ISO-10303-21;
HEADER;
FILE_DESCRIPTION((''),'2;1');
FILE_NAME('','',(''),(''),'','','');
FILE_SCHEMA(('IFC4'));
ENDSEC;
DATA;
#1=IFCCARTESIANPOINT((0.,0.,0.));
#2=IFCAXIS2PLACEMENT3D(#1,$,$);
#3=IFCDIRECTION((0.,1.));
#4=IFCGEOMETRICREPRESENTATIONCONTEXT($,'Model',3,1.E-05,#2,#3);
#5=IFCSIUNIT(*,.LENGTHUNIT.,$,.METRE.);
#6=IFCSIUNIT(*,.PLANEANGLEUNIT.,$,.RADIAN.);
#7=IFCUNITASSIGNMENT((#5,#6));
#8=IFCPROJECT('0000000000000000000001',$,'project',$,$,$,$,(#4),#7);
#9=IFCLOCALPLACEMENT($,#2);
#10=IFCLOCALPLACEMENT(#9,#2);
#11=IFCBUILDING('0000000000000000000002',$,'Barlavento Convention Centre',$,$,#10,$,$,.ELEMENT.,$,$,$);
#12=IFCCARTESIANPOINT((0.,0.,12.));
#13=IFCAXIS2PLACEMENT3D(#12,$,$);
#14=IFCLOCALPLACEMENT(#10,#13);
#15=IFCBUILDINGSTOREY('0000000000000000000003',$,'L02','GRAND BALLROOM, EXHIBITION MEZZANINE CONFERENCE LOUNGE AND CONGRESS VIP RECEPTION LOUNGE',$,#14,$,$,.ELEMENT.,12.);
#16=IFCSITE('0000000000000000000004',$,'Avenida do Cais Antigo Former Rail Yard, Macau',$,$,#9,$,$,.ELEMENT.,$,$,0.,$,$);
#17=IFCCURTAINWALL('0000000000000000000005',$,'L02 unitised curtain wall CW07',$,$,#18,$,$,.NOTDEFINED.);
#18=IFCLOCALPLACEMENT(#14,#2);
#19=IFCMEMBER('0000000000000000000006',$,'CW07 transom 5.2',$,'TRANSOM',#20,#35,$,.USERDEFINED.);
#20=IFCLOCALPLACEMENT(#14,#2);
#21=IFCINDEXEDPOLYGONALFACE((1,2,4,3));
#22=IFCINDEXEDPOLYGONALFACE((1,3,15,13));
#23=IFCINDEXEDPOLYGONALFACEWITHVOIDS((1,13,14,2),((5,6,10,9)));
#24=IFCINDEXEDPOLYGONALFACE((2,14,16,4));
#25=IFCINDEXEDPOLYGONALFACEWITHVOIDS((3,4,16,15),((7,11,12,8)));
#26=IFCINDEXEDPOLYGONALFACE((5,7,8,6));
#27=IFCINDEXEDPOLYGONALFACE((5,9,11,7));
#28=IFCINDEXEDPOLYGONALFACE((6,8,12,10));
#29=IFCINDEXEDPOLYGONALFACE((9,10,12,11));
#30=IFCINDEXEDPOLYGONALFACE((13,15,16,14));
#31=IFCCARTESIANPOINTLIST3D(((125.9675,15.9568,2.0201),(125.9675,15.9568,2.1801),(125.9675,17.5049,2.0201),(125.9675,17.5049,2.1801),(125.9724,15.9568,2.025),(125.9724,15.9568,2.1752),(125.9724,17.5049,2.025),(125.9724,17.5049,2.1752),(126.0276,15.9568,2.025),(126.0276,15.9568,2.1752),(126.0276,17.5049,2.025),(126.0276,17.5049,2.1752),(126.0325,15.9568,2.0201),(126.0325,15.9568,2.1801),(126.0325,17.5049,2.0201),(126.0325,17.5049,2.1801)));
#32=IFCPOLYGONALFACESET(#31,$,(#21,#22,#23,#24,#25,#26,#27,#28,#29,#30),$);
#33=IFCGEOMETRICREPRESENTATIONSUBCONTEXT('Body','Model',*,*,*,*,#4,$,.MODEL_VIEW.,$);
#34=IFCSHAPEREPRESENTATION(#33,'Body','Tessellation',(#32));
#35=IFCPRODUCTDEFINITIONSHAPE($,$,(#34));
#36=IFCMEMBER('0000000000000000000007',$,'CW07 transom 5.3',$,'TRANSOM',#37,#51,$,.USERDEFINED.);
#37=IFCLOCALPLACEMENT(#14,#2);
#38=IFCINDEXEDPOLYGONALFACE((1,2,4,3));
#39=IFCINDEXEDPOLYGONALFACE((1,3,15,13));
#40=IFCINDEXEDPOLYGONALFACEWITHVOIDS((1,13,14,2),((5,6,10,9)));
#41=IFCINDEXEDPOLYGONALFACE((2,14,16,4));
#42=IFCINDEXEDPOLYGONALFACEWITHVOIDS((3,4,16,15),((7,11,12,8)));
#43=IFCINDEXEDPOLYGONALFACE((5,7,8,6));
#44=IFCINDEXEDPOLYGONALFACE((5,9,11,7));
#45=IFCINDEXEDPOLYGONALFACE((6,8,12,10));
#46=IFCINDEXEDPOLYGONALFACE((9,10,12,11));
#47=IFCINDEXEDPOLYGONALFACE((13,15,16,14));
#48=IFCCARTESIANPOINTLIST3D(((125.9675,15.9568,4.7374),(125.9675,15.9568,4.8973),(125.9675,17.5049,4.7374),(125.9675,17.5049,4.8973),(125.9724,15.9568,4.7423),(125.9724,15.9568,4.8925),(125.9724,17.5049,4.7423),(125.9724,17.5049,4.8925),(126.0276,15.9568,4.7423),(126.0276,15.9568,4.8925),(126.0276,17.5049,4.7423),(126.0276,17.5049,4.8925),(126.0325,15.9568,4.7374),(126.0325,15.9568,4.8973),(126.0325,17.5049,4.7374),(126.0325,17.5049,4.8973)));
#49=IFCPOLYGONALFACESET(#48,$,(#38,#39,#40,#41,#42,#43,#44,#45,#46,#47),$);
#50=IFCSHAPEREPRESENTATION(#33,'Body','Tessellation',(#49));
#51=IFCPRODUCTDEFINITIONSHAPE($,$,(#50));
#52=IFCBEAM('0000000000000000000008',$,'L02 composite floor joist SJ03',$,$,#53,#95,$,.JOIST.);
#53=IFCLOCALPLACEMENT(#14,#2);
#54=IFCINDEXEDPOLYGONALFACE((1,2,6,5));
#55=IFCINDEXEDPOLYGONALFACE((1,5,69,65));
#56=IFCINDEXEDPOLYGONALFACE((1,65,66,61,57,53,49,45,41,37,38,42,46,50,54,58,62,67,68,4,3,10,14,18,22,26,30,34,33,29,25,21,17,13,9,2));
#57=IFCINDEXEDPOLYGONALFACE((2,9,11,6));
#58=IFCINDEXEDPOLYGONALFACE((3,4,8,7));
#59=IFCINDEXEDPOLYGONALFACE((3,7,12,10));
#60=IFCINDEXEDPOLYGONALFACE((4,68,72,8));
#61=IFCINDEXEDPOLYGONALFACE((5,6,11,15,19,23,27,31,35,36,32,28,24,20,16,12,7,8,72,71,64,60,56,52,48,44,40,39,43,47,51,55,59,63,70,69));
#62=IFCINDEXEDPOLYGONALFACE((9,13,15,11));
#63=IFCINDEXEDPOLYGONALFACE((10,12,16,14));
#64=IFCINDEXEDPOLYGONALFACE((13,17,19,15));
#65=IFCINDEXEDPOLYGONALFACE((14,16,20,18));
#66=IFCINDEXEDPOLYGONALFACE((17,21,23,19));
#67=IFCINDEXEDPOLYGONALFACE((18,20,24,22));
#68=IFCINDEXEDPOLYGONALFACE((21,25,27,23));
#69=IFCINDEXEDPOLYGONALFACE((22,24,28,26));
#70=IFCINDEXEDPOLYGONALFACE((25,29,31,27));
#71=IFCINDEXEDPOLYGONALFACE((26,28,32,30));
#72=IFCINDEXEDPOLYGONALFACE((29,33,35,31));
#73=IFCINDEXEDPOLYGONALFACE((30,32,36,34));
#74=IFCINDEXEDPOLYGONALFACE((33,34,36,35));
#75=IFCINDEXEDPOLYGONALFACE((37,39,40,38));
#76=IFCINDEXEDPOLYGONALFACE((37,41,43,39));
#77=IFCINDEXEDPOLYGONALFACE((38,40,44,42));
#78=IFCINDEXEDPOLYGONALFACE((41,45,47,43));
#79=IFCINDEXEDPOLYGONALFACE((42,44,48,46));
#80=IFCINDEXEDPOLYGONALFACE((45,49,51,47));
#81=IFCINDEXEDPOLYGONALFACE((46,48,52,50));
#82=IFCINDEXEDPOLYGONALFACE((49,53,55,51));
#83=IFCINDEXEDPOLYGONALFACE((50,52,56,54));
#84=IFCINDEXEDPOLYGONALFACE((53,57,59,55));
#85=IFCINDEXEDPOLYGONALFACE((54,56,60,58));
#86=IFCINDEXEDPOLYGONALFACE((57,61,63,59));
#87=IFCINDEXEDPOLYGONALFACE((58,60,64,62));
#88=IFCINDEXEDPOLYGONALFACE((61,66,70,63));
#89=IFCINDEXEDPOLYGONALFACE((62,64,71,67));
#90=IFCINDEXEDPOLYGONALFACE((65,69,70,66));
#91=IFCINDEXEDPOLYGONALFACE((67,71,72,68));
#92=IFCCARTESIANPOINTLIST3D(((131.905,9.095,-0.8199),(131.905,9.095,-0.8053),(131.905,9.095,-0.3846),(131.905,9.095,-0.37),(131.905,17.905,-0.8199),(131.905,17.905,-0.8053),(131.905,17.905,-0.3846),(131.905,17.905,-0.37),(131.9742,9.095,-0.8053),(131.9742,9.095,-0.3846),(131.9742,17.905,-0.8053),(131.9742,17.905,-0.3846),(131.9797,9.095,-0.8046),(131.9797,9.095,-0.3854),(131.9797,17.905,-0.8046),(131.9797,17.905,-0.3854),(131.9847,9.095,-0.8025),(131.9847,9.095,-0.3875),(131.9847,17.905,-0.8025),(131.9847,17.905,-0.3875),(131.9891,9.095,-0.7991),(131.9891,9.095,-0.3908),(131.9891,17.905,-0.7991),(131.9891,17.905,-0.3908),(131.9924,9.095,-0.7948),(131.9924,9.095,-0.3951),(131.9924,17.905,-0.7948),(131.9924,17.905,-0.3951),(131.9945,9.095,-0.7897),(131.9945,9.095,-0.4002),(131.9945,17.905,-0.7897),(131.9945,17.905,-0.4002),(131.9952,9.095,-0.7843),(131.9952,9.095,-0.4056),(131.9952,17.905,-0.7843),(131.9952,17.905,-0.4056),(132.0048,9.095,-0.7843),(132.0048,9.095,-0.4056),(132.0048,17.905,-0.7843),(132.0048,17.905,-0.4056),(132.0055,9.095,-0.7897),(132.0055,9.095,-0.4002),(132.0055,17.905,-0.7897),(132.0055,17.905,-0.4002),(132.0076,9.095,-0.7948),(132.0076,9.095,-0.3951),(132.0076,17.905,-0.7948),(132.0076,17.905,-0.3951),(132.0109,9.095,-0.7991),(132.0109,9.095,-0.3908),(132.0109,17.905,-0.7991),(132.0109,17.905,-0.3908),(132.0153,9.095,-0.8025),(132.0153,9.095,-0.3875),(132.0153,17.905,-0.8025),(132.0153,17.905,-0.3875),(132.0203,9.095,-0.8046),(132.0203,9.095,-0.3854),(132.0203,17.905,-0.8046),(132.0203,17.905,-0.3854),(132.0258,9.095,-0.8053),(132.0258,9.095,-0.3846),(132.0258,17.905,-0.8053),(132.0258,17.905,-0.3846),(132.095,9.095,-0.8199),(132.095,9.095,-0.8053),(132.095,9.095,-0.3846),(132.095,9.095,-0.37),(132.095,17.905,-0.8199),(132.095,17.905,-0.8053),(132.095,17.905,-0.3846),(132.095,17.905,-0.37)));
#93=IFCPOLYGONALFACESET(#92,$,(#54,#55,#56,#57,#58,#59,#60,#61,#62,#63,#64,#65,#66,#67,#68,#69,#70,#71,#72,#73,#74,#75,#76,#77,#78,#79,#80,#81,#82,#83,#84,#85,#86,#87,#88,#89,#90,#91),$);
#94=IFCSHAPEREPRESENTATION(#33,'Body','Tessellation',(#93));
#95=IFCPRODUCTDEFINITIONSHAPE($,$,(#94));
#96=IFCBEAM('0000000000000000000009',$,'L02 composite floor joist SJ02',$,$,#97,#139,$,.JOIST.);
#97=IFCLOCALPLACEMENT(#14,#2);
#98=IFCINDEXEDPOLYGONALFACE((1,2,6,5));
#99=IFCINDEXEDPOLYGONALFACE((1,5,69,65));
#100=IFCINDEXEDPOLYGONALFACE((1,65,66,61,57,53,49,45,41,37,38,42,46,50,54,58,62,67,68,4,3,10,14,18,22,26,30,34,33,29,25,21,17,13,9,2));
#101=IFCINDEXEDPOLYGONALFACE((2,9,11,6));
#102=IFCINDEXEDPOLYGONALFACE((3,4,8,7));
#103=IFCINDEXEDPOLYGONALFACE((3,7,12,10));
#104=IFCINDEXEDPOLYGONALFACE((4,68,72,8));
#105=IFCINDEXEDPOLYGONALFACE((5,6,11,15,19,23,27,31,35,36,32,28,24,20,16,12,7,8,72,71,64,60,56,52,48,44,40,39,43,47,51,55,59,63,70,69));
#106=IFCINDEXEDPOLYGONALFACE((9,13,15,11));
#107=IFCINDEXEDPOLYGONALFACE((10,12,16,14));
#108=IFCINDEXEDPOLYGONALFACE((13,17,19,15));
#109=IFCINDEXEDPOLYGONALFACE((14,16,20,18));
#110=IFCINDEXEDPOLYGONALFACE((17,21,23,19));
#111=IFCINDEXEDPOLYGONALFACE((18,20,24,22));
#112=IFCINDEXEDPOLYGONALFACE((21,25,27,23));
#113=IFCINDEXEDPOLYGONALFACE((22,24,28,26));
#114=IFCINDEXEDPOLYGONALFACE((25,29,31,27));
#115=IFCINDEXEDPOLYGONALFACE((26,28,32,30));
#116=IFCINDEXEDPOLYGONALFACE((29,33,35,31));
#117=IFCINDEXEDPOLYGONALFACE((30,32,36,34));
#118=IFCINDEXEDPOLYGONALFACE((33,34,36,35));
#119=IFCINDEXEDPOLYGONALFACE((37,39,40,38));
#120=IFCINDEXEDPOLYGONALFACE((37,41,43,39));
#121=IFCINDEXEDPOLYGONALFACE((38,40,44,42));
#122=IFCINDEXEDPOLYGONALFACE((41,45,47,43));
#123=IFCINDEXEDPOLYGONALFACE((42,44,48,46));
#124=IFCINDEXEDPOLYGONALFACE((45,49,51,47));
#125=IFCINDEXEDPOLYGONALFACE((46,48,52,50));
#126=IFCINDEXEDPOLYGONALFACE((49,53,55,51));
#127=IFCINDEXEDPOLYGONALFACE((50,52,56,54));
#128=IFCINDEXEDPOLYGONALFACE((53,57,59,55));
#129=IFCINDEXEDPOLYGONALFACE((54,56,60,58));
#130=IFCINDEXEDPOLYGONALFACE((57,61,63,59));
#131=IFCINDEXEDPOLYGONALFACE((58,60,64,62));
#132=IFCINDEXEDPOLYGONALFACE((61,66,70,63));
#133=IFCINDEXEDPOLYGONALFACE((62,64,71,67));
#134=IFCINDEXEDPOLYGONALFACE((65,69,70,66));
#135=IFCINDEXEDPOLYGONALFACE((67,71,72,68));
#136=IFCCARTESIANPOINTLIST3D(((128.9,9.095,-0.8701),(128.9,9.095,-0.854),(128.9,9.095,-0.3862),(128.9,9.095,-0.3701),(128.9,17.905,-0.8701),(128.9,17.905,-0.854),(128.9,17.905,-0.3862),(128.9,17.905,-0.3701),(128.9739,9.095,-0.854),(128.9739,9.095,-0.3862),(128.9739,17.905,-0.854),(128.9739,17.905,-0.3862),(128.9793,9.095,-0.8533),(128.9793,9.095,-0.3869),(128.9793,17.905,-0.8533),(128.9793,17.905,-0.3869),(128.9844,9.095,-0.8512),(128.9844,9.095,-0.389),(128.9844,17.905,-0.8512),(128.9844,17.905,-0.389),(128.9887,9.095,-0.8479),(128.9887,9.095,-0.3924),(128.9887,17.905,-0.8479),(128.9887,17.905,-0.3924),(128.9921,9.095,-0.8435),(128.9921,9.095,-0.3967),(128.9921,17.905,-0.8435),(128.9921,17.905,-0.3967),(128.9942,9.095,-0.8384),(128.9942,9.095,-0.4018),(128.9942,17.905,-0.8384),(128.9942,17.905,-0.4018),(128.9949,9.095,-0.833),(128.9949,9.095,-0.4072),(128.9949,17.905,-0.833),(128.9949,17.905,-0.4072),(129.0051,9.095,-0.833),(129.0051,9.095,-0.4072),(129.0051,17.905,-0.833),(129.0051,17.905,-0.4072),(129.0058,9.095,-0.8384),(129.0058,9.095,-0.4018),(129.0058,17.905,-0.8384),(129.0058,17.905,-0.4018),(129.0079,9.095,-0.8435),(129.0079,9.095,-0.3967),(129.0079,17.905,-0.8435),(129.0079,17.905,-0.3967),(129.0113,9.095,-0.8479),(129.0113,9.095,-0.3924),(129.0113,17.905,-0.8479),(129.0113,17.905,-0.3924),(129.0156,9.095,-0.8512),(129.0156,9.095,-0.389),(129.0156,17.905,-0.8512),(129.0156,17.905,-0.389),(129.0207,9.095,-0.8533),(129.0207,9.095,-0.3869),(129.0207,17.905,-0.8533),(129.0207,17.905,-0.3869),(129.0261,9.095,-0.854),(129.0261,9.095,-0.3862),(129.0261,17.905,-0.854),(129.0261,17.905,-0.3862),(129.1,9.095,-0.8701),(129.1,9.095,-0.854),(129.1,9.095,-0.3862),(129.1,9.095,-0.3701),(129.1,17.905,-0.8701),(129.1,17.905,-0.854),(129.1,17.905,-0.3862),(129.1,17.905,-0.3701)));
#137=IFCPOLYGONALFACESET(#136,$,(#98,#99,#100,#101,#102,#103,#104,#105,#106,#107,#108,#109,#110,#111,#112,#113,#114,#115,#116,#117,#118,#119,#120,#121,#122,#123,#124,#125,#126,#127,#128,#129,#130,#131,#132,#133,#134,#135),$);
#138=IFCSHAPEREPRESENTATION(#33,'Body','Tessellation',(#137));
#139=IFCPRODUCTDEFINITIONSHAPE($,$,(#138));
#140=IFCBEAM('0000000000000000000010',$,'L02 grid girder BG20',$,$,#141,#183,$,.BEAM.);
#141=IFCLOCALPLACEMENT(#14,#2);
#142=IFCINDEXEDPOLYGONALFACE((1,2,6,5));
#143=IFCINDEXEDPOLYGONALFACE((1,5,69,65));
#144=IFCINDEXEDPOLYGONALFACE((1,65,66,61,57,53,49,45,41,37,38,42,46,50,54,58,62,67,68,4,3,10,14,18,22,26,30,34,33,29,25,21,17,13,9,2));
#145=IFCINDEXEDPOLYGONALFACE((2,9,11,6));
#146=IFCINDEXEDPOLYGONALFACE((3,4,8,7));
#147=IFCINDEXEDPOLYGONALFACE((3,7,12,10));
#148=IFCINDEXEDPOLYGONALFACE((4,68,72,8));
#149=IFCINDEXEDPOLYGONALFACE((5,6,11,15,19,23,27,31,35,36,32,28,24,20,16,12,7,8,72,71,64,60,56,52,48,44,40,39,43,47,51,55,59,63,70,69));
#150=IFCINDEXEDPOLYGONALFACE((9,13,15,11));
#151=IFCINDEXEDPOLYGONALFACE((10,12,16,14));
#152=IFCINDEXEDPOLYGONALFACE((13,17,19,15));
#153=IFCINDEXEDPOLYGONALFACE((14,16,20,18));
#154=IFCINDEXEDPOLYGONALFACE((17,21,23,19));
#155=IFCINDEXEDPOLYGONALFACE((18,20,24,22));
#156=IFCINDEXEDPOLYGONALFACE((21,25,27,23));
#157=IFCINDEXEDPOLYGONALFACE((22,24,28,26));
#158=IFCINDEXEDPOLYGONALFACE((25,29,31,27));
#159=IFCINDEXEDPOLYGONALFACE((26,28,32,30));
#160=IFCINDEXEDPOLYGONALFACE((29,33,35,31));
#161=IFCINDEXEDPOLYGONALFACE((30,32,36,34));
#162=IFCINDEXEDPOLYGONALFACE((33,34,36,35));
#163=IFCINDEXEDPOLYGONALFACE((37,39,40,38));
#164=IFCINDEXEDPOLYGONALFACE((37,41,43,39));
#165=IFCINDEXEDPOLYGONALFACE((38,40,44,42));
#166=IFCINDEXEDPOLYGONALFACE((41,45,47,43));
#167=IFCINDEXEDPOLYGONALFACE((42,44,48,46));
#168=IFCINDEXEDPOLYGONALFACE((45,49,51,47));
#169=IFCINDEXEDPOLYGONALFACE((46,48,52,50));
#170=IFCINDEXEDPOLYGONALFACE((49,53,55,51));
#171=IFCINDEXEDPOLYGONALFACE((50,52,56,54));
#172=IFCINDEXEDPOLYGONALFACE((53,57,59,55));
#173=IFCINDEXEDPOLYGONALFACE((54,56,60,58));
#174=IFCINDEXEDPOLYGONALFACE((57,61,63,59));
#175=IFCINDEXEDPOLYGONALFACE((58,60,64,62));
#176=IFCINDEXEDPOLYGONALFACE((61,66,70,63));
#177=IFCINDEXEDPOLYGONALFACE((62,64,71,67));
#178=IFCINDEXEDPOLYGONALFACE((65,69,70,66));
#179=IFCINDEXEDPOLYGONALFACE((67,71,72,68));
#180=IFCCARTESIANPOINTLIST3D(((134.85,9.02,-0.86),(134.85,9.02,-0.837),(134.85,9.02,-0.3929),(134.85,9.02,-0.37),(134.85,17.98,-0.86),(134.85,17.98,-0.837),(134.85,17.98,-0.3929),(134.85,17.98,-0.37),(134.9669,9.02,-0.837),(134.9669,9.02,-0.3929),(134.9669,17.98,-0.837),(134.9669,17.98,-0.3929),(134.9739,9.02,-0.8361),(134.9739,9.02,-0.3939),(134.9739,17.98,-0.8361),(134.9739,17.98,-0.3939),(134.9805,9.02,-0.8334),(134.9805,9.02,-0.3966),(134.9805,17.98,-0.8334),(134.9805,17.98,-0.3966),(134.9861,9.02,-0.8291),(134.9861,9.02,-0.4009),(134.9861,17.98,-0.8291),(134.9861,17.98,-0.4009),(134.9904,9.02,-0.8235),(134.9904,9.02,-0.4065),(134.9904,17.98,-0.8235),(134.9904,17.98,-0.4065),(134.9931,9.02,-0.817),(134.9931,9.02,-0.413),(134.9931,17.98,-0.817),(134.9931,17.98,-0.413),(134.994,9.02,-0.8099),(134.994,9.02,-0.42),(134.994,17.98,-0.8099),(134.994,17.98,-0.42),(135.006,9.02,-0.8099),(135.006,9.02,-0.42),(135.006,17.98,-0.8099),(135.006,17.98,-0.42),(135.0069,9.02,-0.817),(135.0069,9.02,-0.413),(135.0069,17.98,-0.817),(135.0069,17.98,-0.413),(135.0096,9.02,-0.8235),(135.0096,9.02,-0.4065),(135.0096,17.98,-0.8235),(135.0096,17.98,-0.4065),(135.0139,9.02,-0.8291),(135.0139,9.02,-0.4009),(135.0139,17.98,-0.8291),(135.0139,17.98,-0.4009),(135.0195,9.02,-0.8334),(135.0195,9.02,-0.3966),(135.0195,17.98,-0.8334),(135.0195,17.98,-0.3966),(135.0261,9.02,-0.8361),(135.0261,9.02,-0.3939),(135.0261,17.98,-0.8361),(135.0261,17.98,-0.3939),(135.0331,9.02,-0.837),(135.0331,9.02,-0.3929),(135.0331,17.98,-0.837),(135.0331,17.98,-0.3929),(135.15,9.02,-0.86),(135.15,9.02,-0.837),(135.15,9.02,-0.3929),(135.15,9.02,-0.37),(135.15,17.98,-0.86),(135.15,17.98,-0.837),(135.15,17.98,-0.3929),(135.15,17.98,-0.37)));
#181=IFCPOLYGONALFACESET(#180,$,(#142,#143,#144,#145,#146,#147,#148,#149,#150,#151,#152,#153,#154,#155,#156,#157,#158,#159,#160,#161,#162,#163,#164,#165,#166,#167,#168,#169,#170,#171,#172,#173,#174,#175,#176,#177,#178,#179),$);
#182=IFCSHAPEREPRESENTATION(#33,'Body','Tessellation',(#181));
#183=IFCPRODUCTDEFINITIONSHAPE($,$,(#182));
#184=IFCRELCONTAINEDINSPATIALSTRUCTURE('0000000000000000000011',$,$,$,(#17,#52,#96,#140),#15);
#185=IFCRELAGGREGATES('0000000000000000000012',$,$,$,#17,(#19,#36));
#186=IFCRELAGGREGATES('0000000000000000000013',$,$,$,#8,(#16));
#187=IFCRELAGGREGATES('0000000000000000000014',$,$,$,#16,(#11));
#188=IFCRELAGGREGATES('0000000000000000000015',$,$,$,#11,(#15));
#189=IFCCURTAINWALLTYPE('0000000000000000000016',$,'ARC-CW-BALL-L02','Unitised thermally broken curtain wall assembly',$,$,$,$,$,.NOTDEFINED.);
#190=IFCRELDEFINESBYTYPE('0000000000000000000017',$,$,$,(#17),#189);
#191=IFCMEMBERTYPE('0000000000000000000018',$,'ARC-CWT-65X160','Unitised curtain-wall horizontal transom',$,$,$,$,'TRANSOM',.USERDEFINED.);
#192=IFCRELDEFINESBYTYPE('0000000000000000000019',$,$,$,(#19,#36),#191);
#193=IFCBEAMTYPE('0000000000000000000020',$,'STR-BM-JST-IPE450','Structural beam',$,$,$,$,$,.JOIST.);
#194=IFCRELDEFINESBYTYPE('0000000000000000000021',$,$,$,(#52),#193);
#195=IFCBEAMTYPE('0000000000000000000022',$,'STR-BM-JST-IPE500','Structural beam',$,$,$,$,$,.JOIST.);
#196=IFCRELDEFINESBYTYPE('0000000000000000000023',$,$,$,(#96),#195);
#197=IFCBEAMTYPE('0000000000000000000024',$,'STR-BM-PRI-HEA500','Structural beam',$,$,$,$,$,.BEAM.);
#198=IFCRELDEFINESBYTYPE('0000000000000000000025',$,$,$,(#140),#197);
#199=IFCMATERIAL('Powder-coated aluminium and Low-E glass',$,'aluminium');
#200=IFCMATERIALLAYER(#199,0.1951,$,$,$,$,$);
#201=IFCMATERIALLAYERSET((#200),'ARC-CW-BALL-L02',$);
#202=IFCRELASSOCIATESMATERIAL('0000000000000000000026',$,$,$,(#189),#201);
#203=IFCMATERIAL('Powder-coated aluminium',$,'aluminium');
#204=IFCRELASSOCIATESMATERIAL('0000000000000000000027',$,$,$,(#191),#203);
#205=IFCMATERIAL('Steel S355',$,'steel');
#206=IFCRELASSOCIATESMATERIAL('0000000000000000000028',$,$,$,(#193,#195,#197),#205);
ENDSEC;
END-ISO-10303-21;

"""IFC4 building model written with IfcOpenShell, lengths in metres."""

from ifc_helpers import new_model, si_unit, direction, frame, origin, origin_2d, place, context, subcontext, project, spatial, hollow_rectangle, i_section, extrude, material, layer, layer_set, material_profile, profile_set, type_object, element, aggregate, save


model = new_model("IFC4")

# Units and contexts
model_context = context("Model", 3, precision=1e-05, world=origin(), true_north=direction((0.0, 1.0)))
body_context = subcontext(model_context, "Body", "Model", "MODEL_VIEW")
ifc_project = project(units=[si_unit("LENGTHUNIT", "METRE"), si_unit("PLANEANGLEUNIT", "RADIAN")], contexts=[model_context])

# Site, building, storey
site_placement = place(None, origin())
site = spatial("IfcSite", under=ifc_project, at=site_placement, Name="Avenida do Cais Antigo Former Rail Yard, Macau", CompositionType="ELEMENT", RefElevation=0.0)
building_placement = place(site_placement, origin())
building = spatial("IfcBuilding", under=site, at=building_placement, Name="Barlavento Convention Centre", CompositionType="ELEMENT")
storey_placement = place(building_placement, frame((0.0, 0.0, 12.0)))
storey = spatial("IfcBuildingStorey", under=building, at=storey_placement, Name="L02", Description="GRAND BALLROOM, EXHIBITION MEZZANINE CONFERENCE LOUNGE AND CONGRESS VIP RECEPTION LOUNGE", CompositionType="ELEMENT", Elevation=12.0)

# Shared definitions
ifc_material_1 = material(Name="Powder-coated aluminium and Low-E glass", Category="aluminium")
ifc_layer_1 = layer(ifc_material_1, 0.1951)
ifc_layer_set_1 = layer_set([ifc_layer_1], Name="ARC-CW-BALL-L02")
curtain_wall_type = type_object("IfcCurtainWallType", Name="ARC-CW-BALL-L02", Description="Unitised thermally broken curtain wall assembly", PredefinedType="NOTDEFINED", material=ifc_layer_set_1)
ifc_material_2 = material(Name="Powder-coated aluminium", Category="aluminium")

# Curtain wall
curtain_wall_1_placement = place(storey_placement, origin())
curtain_wall_1 = element("IfcCurtainWall", 1, at=curtain_wall_1_placement, inside=storey, type_object=curtain_wall_type, Name="L02 unitised curtain wall CW07", PredefinedType="NOTDEFINED")

# Members
ifc_material_profile_1 = material_profile(ifc_material_2, hollow_rectangle(XDim=0.0649, YDim=0.1599, WallThickness=0.0049, at=origin_2d()), Name="AL-TRAN 65x160x5")
ifc_profile_set_1 = profile_set([ifc_material_profile_1], Name="Powder-coated aluminium")
member_type_1 = type_object("IfcMemberType", Name="ARC-CWT-65X160", Description="Unitised curtain-wall horizontal transom", ElementType="TRANSOM", PredefinedType="USERDEFINED", material=ifc_profile_set_1)
member_1_placement = place(storey_placement, frame((126.0, 15.9568, 2.1001), z_axis=(0.0, 1.0, 0.0), x_axis=(-1.0, 0.0, 0.0)))
member_1 = element("IfcMember", 2, at=member_1_placement, type_object=member_type_1, Name="CW07 transom 5.2", ObjectType="TRANSOM", PredefinedType="USERDEFINED", context=body_context, shape_type="SweptSolid", body=[
    extrude(hollow_rectangle(XDim=0.0649, YDim=0.1599, WallThickness=0.0049, at=origin_2d()), origin(), (0.0, 0.0, 1.0), 1.5481),
])
member_2_placement = place(storey_placement, frame((126.0, 15.9568, 4.8174), z_axis=(0.0, 1.0, 0.0), x_axis=(-1.0, 0.0, 0.0)))
member_2 = element("IfcMember", 3, at=member_2_placement, type_object=member_type_1, Name="CW07 transom 5.3", ObjectType="TRANSOM", PredefinedType="USERDEFINED", context=body_context, shape_type="SweptSolid", body=[
    extrude(hollow_rectangle(XDim=0.0649, YDim=0.1599, WallThickness=0.0049, at=origin_2d()), origin(), (0.0, 0.0, 1.0), 1.5481),
])

# Beams
ifc_material_3 = material(Name="Steel S355", Category="steel")
ifc_material_profile_2 = material_profile(ifc_material_3, i_section(OverallWidth=0.1899, OverallDepth=0.45, WebThickness=0.0095, FlangeThickness=0.0146, FilletRadius=0.021, at=origin_2d()), Name="IPE 450")
ifc_profile_set_2 = profile_set([ifc_material_profile_2], Name="Steel S355")
beam_type_1 = type_object("IfcBeamType", Name="STR-BM-JST-IPE450", Description="Structural beam", PredefinedType="JOIST", material=ifc_profile_set_2)
beam_1_placement = place(storey_placement, frame((132.0, 9.095, -0.595), z_axis=(0.0, 1.0, 0.0), x_axis=(-1.0, 0.0, 0.0)))
element("IfcBeam", 4, at=beam_1_placement, inside=storey, type_object=beam_type_1, Name="L02 composite floor joist SJ03", PredefinedType="JOIST", context=body_context, shape_type="SweptSolid", body=[
    extrude(i_section(OverallWidth=0.1899, OverallDepth=0.45, WebThickness=0.0095, FlangeThickness=0.0146, FilletRadius=0.021, at=origin_2d()), origin(), (0.0, 0.0, 1.0), 8.8101),
])
ifc_material_profile_3 = material_profile(ifc_material_3, i_section(OverallWidth=0.2, OverallDepth=0.5, WebThickness=0.0103, FlangeThickness=0.0161, FilletRadius=0.021, at=origin_2d()), Name="IPE 500")
ifc_profile_set_3 = profile_set([ifc_material_profile_3], Name="Steel S355")
beam_type_2 = type_object("IfcBeamType", Name="STR-BM-JST-IPE500", Description="Structural beam", PredefinedType="JOIST", material=ifc_profile_set_3)
beam_2_placement = place(storey_placement, frame((129.0, 9.095, -0.6201), z_axis=(0.0, 1.0, 0.0), x_axis=(-1.0, 0.0, 0.0)))
element("IfcBeam", 5, at=beam_2_placement, inside=storey, type_object=beam_type_2, Name="L02 composite floor joist SJ02", PredefinedType="JOIST", context=body_context, shape_type="SweptSolid", body=[
    extrude(i_section(OverallWidth=0.2, OverallDepth=0.5, WebThickness=0.0103, FlangeThickness=0.0161, FilletRadius=0.021, at=origin_2d()), origin(), (0.0, 0.0, 1.0), 8.8101),
])
ifc_material_profile_4 = material_profile(ifc_material_3, i_section(OverallWidth=0.3, OverallDepth=0.49, WebThickness=0.012, FlangeThickness=0.0229, FilletRadius=0.0271, at=origin_2d()), Name="HEA 500")
ifc_profile_set_4 = profile_set([ifc_material_profile_4], Name="Steel S355")
beam_type_3 = type_object("IfcBeamType", Name="STR-BM-PRI-HEA500", Description="Structural beam", PredefinedType="BEAM", material=ifc_profile_set_4)
beam_3_placement = place(storey_placement, frame((135.0, 9.02, -0.615), z_axis=(0.0, 1.0, 0.0), x_axis=(-1.0, 0.0, 0.0)))
element("IfcBeam", 6, at=beam_3_placement, inside=storey, type_object=beam_type_3, Name="L02 grid girder BG20", PredefinedType="BEAM", context=body_context, shape_type="SweptSolid", body=[
    extrude(i_section(OverallWidth=0.3, OverallDepth=0.49, WebThickness=0.012, FlangeThickness=0.0229, FilletRadius=0.0271, at=origin_2d()), origin(), (0.0, 0.0, 1.0), 8.96),
])

aggregate(curtain_wall_1, [member_1, member_2])

save(model, "model.ifc")
